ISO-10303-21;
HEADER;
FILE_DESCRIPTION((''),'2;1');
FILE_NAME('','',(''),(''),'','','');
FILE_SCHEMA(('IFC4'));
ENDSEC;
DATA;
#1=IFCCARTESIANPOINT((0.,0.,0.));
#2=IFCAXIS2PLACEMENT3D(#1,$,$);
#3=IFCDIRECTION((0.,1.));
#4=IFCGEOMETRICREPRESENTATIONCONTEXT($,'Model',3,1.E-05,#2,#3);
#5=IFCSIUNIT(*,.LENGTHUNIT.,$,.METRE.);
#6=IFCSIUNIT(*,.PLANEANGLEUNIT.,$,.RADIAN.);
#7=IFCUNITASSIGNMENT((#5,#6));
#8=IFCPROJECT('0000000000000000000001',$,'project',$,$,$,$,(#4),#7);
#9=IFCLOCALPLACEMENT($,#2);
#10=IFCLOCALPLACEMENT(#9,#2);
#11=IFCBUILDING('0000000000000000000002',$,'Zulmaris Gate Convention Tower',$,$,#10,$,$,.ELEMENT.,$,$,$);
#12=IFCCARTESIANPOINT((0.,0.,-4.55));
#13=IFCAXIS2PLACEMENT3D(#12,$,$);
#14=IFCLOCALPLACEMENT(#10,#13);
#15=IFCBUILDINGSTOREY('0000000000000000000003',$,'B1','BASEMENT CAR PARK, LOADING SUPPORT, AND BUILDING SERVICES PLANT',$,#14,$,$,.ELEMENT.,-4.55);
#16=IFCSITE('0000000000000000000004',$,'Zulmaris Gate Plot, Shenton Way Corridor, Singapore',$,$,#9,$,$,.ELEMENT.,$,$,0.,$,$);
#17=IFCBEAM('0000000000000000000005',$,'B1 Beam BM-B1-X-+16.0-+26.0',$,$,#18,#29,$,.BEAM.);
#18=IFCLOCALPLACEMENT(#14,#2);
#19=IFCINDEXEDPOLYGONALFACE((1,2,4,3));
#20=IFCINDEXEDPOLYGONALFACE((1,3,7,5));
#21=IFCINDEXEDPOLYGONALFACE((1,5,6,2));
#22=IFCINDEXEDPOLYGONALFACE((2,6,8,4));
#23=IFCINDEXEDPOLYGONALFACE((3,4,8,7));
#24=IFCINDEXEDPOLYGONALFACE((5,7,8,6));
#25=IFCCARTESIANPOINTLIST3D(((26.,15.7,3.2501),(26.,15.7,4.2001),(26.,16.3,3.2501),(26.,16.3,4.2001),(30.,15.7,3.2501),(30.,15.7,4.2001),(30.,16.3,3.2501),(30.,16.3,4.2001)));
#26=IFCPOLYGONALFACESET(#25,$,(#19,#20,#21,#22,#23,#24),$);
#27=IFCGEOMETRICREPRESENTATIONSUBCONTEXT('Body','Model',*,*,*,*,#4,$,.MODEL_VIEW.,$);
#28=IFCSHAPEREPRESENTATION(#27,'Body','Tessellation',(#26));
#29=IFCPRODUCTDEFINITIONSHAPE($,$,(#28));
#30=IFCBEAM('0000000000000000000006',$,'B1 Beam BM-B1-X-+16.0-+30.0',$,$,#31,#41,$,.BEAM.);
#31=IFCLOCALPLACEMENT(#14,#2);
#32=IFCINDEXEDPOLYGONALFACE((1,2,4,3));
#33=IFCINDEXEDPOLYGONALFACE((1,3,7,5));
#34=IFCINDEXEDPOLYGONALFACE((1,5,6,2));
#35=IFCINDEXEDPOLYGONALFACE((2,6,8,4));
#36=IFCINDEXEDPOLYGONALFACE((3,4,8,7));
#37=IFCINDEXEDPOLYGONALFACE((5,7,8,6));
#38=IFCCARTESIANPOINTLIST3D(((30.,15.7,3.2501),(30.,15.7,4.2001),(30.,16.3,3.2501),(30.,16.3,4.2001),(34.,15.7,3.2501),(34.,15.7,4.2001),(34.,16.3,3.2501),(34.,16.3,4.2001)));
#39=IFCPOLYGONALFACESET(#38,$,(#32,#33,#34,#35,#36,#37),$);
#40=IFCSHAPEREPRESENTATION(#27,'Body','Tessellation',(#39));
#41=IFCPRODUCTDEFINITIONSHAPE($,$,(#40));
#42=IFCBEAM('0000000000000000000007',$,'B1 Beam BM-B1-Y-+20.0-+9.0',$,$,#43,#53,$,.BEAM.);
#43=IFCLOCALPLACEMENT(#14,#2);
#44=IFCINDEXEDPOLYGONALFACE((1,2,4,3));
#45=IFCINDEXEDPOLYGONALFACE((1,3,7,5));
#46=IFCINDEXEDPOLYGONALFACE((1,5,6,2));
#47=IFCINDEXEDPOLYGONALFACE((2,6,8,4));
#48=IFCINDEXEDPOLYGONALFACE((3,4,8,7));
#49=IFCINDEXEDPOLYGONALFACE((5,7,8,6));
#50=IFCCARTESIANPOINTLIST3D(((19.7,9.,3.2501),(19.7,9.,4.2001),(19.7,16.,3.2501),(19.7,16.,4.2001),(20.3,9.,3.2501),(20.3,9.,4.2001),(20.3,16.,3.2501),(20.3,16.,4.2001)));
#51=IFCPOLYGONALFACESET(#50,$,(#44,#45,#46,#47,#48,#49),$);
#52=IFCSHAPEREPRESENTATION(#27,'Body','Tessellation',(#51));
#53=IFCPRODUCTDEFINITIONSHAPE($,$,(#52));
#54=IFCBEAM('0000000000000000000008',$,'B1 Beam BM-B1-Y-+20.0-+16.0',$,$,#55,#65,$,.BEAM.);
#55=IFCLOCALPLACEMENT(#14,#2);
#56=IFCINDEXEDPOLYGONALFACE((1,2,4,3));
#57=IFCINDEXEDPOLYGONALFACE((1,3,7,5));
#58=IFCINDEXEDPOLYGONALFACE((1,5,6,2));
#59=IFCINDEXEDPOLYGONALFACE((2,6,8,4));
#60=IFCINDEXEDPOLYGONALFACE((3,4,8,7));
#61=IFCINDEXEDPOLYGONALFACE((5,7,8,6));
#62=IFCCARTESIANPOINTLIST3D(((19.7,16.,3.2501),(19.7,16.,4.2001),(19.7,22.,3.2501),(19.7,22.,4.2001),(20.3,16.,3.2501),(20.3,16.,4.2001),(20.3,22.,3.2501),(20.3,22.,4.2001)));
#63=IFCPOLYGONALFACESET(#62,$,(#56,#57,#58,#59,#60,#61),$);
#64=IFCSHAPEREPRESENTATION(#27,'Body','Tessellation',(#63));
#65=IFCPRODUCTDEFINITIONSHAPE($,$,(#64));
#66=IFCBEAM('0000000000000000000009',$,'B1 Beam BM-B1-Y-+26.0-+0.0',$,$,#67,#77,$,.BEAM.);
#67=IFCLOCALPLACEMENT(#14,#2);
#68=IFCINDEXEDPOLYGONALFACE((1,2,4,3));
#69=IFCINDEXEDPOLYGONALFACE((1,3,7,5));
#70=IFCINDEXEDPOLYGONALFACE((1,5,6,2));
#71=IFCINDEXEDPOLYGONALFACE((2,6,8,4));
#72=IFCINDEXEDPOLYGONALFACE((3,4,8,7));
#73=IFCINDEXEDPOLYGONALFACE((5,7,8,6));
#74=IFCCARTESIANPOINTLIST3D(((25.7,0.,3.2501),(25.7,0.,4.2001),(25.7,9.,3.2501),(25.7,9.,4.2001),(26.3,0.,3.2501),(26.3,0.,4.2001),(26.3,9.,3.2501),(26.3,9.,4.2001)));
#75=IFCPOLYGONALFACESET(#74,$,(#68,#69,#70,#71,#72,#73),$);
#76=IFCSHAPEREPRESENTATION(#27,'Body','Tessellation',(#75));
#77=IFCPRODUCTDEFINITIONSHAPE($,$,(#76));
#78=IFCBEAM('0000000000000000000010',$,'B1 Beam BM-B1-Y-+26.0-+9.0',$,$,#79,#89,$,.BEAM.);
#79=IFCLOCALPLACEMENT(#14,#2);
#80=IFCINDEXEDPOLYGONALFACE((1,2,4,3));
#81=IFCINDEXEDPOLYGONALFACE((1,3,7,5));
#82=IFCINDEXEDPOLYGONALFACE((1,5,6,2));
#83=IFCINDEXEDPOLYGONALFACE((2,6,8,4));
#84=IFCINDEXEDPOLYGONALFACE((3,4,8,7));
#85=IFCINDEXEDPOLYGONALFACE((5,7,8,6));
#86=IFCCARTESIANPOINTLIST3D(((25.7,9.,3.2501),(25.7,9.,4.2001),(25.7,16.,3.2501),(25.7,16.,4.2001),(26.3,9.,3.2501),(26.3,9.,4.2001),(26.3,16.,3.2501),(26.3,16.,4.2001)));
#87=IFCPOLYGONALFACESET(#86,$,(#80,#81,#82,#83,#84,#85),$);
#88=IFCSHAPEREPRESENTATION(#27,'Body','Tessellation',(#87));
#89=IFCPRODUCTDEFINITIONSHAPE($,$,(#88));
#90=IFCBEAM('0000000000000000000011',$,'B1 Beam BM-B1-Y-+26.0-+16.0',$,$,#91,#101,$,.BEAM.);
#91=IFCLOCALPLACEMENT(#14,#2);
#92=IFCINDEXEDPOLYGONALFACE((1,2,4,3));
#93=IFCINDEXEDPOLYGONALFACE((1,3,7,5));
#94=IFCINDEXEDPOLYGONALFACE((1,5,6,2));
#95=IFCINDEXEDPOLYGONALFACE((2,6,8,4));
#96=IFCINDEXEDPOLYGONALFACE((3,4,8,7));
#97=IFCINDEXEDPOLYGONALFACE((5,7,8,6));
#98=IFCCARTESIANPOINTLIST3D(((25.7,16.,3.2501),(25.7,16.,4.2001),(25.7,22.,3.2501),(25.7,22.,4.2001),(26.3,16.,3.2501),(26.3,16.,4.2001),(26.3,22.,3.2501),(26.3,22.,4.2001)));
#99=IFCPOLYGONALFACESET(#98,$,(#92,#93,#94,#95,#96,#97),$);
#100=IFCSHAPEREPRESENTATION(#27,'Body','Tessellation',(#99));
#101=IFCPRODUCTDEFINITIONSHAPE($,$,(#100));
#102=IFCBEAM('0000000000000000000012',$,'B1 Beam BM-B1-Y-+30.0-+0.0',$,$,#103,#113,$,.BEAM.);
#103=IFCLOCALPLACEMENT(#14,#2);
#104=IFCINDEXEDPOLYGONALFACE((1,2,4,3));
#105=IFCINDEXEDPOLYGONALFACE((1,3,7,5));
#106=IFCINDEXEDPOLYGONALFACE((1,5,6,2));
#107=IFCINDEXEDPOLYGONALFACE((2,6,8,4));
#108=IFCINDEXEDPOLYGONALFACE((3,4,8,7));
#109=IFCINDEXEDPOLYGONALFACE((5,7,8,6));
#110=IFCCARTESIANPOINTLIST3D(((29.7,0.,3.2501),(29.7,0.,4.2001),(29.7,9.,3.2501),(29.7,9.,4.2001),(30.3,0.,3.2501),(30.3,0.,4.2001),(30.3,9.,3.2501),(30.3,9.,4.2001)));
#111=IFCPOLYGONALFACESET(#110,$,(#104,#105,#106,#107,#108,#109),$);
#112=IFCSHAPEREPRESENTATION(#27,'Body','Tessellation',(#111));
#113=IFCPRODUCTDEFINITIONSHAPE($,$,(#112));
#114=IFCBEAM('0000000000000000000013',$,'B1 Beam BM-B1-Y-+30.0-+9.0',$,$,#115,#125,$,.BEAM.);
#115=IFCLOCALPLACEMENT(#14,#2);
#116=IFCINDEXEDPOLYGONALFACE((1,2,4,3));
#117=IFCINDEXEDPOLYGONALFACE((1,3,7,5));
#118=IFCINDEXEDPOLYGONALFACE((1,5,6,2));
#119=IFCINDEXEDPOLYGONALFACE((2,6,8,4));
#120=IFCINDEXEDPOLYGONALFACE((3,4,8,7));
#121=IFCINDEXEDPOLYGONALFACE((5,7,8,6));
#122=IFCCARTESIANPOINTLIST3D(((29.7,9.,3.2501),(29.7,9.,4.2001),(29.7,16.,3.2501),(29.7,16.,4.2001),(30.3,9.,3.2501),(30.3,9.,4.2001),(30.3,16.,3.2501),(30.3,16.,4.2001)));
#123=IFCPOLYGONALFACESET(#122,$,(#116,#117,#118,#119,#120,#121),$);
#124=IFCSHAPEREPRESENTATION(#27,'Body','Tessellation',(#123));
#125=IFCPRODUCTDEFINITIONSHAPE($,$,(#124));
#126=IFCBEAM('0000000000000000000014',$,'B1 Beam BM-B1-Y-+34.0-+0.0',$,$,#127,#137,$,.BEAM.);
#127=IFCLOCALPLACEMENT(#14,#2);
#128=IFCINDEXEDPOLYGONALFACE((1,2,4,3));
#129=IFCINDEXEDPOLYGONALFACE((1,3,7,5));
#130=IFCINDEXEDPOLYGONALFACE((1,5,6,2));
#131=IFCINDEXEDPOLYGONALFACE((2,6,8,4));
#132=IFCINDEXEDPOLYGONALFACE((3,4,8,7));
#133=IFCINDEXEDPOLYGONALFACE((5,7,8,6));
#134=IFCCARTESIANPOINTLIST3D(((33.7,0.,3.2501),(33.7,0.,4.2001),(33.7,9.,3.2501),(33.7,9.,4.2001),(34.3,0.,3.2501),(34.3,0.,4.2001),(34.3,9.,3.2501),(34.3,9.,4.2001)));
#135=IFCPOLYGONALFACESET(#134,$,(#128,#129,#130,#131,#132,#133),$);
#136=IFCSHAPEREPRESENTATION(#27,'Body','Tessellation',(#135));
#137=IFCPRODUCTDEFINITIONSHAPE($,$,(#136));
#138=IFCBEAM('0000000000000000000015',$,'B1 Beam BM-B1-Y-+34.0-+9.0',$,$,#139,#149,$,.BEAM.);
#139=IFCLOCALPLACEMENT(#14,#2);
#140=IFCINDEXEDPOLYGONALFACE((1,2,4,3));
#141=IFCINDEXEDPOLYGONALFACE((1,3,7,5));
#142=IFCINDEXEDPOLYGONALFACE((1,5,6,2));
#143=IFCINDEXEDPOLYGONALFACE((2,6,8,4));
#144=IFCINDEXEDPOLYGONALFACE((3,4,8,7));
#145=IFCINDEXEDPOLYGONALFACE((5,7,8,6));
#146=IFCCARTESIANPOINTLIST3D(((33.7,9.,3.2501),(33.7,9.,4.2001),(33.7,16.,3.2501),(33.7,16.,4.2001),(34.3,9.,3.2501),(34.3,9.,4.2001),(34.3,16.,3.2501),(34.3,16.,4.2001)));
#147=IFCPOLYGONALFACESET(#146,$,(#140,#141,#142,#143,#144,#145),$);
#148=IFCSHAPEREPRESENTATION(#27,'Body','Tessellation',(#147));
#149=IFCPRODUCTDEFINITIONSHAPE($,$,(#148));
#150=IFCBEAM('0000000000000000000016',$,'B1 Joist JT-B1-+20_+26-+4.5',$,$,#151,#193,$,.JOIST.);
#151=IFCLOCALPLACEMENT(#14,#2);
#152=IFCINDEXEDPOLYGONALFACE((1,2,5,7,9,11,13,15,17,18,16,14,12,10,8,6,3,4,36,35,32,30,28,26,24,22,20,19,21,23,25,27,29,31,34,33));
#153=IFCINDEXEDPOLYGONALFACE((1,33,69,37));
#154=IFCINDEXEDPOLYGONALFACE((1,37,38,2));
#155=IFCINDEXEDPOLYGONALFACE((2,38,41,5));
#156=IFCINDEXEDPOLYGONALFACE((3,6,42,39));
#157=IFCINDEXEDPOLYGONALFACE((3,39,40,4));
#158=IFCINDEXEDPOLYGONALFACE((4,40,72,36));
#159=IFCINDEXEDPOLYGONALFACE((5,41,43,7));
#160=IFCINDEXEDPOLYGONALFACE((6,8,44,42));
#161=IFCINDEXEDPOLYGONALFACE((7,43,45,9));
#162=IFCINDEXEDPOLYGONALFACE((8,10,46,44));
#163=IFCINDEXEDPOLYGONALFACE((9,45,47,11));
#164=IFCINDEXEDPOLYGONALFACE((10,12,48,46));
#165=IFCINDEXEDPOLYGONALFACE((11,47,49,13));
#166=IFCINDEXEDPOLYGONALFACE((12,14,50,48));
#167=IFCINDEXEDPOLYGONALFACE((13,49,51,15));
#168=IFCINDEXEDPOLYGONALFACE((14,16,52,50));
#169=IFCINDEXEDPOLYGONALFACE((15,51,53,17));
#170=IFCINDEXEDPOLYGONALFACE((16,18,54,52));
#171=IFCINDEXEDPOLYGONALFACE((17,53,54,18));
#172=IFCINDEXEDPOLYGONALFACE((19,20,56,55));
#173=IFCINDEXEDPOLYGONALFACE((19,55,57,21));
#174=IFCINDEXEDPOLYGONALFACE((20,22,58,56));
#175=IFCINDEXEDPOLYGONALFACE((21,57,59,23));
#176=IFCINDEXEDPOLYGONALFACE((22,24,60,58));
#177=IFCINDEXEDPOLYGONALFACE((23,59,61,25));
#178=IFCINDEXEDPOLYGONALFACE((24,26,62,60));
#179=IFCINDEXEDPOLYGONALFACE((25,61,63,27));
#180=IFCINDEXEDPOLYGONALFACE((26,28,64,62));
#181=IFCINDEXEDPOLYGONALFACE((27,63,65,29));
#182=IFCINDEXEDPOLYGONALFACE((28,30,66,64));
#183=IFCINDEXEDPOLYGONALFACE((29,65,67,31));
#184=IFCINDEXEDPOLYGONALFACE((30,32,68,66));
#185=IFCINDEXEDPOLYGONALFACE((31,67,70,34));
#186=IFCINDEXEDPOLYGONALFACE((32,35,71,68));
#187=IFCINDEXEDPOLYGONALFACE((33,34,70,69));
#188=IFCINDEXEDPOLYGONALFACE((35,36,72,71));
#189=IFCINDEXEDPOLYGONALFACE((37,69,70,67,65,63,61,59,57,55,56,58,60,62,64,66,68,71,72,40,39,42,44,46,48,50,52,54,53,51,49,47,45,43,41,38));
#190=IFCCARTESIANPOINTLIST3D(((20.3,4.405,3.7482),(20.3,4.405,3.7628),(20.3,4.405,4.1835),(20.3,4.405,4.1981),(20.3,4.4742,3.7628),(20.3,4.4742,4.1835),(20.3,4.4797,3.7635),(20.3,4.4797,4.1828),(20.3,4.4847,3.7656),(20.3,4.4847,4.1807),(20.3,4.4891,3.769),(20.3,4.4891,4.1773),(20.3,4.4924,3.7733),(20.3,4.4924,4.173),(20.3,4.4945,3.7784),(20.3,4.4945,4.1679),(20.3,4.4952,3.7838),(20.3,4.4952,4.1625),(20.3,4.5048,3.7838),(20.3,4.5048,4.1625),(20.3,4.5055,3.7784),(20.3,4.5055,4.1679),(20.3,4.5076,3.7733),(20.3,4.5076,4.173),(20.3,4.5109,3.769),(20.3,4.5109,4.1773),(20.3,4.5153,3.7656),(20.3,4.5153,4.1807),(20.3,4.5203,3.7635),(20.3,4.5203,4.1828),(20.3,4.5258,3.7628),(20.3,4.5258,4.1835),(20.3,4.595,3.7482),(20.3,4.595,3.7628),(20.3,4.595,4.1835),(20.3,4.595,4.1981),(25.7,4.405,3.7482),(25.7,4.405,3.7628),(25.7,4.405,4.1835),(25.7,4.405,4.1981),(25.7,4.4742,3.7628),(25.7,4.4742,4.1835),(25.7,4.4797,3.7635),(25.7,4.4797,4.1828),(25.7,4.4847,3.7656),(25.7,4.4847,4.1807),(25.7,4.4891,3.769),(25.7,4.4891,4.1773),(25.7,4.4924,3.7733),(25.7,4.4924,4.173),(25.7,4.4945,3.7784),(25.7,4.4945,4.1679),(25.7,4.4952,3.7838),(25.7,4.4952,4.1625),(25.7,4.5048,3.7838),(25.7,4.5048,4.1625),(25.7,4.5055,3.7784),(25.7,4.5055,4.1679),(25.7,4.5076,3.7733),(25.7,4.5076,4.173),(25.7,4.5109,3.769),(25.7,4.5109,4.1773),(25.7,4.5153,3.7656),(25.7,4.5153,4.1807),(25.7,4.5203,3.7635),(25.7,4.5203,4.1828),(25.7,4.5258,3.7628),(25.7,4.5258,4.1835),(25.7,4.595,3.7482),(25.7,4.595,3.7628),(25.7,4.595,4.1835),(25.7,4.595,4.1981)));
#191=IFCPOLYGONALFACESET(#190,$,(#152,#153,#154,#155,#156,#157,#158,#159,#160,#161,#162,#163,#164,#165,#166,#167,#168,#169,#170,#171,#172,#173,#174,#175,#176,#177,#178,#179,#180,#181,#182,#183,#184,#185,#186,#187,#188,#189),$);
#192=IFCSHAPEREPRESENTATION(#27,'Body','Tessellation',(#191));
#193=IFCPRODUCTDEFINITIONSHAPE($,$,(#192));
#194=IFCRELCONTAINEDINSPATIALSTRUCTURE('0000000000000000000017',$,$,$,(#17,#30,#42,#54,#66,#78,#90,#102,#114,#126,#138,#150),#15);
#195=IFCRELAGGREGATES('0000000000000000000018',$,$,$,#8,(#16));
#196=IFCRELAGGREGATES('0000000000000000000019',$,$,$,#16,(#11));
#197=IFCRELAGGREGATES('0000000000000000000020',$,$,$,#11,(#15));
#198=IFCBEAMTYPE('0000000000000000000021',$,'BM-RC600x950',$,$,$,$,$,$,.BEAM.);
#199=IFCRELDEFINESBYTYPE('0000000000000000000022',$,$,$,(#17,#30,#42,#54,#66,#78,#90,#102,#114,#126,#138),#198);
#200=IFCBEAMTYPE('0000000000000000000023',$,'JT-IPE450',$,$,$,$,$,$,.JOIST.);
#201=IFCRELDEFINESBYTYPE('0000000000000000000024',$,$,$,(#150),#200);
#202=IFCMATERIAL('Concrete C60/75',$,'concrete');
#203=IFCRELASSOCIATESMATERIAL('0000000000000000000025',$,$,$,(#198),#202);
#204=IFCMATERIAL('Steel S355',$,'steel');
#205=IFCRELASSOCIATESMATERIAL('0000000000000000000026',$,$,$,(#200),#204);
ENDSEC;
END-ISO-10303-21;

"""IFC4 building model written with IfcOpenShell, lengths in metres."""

from ifc_helpers import new_model, si_unit, direction, frame, origin, origin_2d, place, context, subcontext, project, spatial, rectangle, i_section, extrude, material, material_profile, profile_set, type_object, element, save


model = new_model("IFC4")

# Units and contexts
model_context = context("Model", 3, precision=1e-05, world=origin(), true_north=direction((0.0, 1.0)))
body_context = subcontext(model_context, "Body", "Model", "MODEL_VIEW")
ifc_project = project(units=[si_unit("LENGTHUNIT", "METRE"), si_unit("PLANEANGLEUNIT", "RADIAN")], contexts=[model_context])

# Site, building, storey
site_placement = place(None, origin())
site = spatial("IfcSite", under=ifc_project, at=site_placement, Name="Zulmaris Gate Plot, Shenton Way Corridor, Singapore", CompositionType="ELEMENT", RefElevation=0.0)
building_placement = place(site_placement, origin())
building = spatial("IfcBuilding", under=site, at=building_placement, Name="Zulmaris Gate Convention Tower", CompositionType="ELEMENT")
storey_placement = place(building_placement, frame((0.0, 0.0, -4.55)))
storey = spatial("IfcBuildingStorey", under=building, at=storey_placement, Name="B1", Description="BASEMENT CAR PARK, LOADING SUPPORT, AND BUILDING SERVICES PLANT", CompositionType="ELEMENT", Elevation=-4.55)

# Beams
ifc_material_1 = material(Name="Concrete C60/75", Category="concrete")
ifc_material_profile_1 = material_profile(ifc_material_1, rectangle(XDim=0.6001, YDim=0.95, at=origin_2d()), Name="RC BEAM 600x950")
ifc_profile_set_1 = profile_set([ifc_material_profile_1], Name="Concrete C60/75")
beam_type_1 = type_object("IfcBeamType", Name="BM-RC600x950", PredefinedType="BEAM", material=ifc_profile_set_1)
for number, where, z_axis, x_axis, name in (
    (1, (26.0, 16.0, 3.7251), (1.0, 0.0, 0.0), (0.0, 1.0, 0.0), "B1 Beam BM-B1-X-+16.0-+26.0"),
    (2, (30.0, 16.0, 3.7251), (1.0, 0.0, 0.0), (0.0, 1.0, 0.0), "B1 Beam BM-B1-X-+16.0-+30.0"),
):
    element("IfcBeam", number, at=place(storey_placement, frame(where, z_axis=z_axis, x_axis=x_axis)), inside=storey, type_object=beam_type_1, Name=name, PredefinedType="BEAM", context=body_context, shape_type="SweptSolid", body=[
        extrude(rectangle(XDim=0.6001, YDim=0.95, at=origin_2d()), origin(), (0.0, 0.0, 1.0), 4.0),
    ])
beam_1_placement = place(storey_placement, frame((20.0, 9.0, 3.7251), z_axis=(0.0, 1.0, 0.0), x_axis=(-1.0, 0.0, 0.0)))
element("IfcBeam", 3, at=beam_1_placement, inside=storey, type_object=beam_type_1, Name="B1 Beam BM-B1-Y-+20.0-+9.0", PredefinedType="BEAM", context=body_context, shape_type="SweptSolid", body=[
    extrude(rectangle(XDim=0.6001, YDim=0.95, at=origin_2d()), origin(), (0.0, 0.0, 1.0), 7.0),
])
beam_2_placement = place(storey_placement, frame((20.0, 16.0, 3.7251), z_axis=(0.0, 1.0, 0.0), x_axis=(-1.0, 0.0, 0.0)))
element("IfcBeam", 4, at=beam_2_placement, inside=storey, type_object=beam_type_1, Name="B1 Beam BM-B1-Y-+20.0-+16.0", PredefinedType="BEAM", context=body_context, shape_type="SweptSolid", body=[
    extrude(rectangle(XDim=0.6001, YDim=0.95, at=origin_2d()), origin(), (0.0, 0.0, 1.0), 6.0),
])
beam_3_placement = place(storey_placement, frame((26.0, 0.0, 3.7251), z_axis=(0.0, 1.0, 0.0), x_axis=(-1.0, 0.0, 0.0)))
element("IfcBeam", 5, at=beam_3_placement, inside=storey, type_object=beam_type_1, Name="B1 Beam BM-B1-Y-+26.0-+0.0", PredefinedType="BEAM", context=body_context, shape_type="SweptSolid", body=[
    extrude(rectangle(XDim=0.6001, YDim=0.95, at=origin_2d()), origin(), (0.0, 0.0, 1.0), 9.0),
])
beam_4_placement = place(storey_placement, frame((26.0, 9.0, 3.7251), z_axis=(0.0, 1.0, 0.0), x_axis=(-1.0, 0.0, 0.0)))
element("IfcBeam", 6, at=beam_4_placement, inside=storey, type_object=beam_type_1, Name="B1 Beam BM-B1-Y-+26.0-+9.0", PredefinedType="BEAM", context=body_context, shape_type="SweptSolid", body=[
    extrude(rectangle(XDim=0.6001, YDim=0.95, at=origin_2d()), origin(), (0.0, 0.0, 1.0), 7.0),
])
beam_5_placement = place(storey_placement, frame((26.0, 16.0, 3.7251), z_axis=(0.0, 1.0, 0.0), x_axis=(-1.0, 0.0, 0.0)))
element("IfcBeam", 7, at=beam_5_placement, inside=storey, type_object=beam_type_1, Name="B1 Beam BM-B1-Y-+26.0-+16.0", PredefinedType="BEAM", context=body_context, shape_type="SweptSolid", body=[
    extrude(rectangle(XDim=0.6001, YDim=0.95, at=origin_2d()), origin(), (0.0, 0.0, 1.0), 6.0),
])
beam_6_placement = place(storey_placement, frame((30.0, 0.0, 3.7251), z_axis=(0.0, 1.0, 0.0), x_axis=(-1.0, 0.0, 0.0)))
element("IfcBeam", 8, at=beam_6_placement, inside=storey, type_object=beam_type_1, Name="B1 Beam BM-B1-Y-+30.0-+0.0", PredefinedType="BEAM", context=body_context, shape_type="SweptSolid", body=[
    extrude(rectangle(XDim=0.6001, YDim=0.95, at=origin_2d()), origin(), (0.0, 0.0, 1.0), 9.0),
])
beam_7_placement = place(storey_placement, frame((30.0, 9.0, 3.7251), z_axis=(0.0, 1.0, 0.0), x_axis=(-1.0, 0.0, 0.0)))
element("IfcBeam", 9, at=beam_7_placement, inside=storey, type_object=beam_type_1, Name="B1 Beam BM-B1-Y-+30.0-+9.0", PredefinedType="BEAM", context=body_context, shape_type="SweptSolid", body=[
    extrude(rectangle(XDim=0.6001, YDim=0.95, at=origin_2d()), origin(), (0.0, 0.0, 1.0), 7.0),
])
beam_8_placement = place(storey_placement, frame((34.0, 0.0, 3.7251), z_axis=(0.0, 1.0, 0.0), x_axis=(-1.0, 0.0, 0.0)))
element("IfcBeam", 10, at=beam_8_placement, inside=storey, type_object=beam_type_1, Name="B1 Beam BM-B1-Y-+34.0-+0.0", PredefinedType="BEAM", context=body_context, shape_type="SweptSolid", body=[
    extrude(rectangle(XDim=0.6001, YDim=0.95, at=origin_2d()), origin(), (0.0, 0.0, 1.0), 9.0),
])
beam_9_placement = place(storey_placement, frame((34.0, 9.0, 3.7251), z_axis=(0.0, 1.0, 0.0), x_axis=(-1.0, 0.0, 0.0)))
element("IfcBeam", 11, at=beam_9_placement, inside=storey, type_object=beam_type_1, Name="B1 Beam BM-B1-Y-+34.0-+9.0", PredefinedType="BEAM", context=body_context, shape_type="SweptSolid", body=[
    extrude(rectangle(XDim=0.6001, YDim=0.95, at=origin_2d()), origin(), (0.0, 0.0, 1.0), 7.0),
])
ifc_material_2 = material(Name="Steel S355", Category="steel")
ifc_material_profile_2 = material_profile(ifc_material_2, i_section(OverallWidth=0.1899, OverallDepth=0.45, WebThickness=0.0095, FlangeThickness=0.0146, FilletRadius=0.021, at=origin_2d()), Name="IPE 450")
ifc_profile_set_2 = profile_set([ifc_material_profile_2], Name="Steel S355")
beam_type_2 = type_object("IfcBeamType", Name="JT-IPE450", PredefinedType="JOIST", material=ifc_profile_set_2)
for number, where, z_axis, x_axis, name in (
    (12, (20.3, 4.5, 3.9731), (1.0, 0.0, 0.0), (0.0, 1.0, 0.0), "B1 Joist JT-B1-+20_+26-+4.5"),
):
    element("IfcBeam", number, at=place(storey_placement, frame(where, z_axis=z_axis, x_axis=x_axis)), inside=storey, type_object=beam_type_2, Name=name, PredefinedType="JOIST", context=body_context, shape_type="SweptSolid", body=[
        extrude(i_section(OverallWidth=0.1899, OverallDepth=0.45, WebThickness=0.0095, FlangeThickness=0.0146, FilletRadius=0.021, at=origin_2d()), origin(), (0.0, 0.0, 1.0), 5.3999),
    ])

save(model, "model.ifc")
